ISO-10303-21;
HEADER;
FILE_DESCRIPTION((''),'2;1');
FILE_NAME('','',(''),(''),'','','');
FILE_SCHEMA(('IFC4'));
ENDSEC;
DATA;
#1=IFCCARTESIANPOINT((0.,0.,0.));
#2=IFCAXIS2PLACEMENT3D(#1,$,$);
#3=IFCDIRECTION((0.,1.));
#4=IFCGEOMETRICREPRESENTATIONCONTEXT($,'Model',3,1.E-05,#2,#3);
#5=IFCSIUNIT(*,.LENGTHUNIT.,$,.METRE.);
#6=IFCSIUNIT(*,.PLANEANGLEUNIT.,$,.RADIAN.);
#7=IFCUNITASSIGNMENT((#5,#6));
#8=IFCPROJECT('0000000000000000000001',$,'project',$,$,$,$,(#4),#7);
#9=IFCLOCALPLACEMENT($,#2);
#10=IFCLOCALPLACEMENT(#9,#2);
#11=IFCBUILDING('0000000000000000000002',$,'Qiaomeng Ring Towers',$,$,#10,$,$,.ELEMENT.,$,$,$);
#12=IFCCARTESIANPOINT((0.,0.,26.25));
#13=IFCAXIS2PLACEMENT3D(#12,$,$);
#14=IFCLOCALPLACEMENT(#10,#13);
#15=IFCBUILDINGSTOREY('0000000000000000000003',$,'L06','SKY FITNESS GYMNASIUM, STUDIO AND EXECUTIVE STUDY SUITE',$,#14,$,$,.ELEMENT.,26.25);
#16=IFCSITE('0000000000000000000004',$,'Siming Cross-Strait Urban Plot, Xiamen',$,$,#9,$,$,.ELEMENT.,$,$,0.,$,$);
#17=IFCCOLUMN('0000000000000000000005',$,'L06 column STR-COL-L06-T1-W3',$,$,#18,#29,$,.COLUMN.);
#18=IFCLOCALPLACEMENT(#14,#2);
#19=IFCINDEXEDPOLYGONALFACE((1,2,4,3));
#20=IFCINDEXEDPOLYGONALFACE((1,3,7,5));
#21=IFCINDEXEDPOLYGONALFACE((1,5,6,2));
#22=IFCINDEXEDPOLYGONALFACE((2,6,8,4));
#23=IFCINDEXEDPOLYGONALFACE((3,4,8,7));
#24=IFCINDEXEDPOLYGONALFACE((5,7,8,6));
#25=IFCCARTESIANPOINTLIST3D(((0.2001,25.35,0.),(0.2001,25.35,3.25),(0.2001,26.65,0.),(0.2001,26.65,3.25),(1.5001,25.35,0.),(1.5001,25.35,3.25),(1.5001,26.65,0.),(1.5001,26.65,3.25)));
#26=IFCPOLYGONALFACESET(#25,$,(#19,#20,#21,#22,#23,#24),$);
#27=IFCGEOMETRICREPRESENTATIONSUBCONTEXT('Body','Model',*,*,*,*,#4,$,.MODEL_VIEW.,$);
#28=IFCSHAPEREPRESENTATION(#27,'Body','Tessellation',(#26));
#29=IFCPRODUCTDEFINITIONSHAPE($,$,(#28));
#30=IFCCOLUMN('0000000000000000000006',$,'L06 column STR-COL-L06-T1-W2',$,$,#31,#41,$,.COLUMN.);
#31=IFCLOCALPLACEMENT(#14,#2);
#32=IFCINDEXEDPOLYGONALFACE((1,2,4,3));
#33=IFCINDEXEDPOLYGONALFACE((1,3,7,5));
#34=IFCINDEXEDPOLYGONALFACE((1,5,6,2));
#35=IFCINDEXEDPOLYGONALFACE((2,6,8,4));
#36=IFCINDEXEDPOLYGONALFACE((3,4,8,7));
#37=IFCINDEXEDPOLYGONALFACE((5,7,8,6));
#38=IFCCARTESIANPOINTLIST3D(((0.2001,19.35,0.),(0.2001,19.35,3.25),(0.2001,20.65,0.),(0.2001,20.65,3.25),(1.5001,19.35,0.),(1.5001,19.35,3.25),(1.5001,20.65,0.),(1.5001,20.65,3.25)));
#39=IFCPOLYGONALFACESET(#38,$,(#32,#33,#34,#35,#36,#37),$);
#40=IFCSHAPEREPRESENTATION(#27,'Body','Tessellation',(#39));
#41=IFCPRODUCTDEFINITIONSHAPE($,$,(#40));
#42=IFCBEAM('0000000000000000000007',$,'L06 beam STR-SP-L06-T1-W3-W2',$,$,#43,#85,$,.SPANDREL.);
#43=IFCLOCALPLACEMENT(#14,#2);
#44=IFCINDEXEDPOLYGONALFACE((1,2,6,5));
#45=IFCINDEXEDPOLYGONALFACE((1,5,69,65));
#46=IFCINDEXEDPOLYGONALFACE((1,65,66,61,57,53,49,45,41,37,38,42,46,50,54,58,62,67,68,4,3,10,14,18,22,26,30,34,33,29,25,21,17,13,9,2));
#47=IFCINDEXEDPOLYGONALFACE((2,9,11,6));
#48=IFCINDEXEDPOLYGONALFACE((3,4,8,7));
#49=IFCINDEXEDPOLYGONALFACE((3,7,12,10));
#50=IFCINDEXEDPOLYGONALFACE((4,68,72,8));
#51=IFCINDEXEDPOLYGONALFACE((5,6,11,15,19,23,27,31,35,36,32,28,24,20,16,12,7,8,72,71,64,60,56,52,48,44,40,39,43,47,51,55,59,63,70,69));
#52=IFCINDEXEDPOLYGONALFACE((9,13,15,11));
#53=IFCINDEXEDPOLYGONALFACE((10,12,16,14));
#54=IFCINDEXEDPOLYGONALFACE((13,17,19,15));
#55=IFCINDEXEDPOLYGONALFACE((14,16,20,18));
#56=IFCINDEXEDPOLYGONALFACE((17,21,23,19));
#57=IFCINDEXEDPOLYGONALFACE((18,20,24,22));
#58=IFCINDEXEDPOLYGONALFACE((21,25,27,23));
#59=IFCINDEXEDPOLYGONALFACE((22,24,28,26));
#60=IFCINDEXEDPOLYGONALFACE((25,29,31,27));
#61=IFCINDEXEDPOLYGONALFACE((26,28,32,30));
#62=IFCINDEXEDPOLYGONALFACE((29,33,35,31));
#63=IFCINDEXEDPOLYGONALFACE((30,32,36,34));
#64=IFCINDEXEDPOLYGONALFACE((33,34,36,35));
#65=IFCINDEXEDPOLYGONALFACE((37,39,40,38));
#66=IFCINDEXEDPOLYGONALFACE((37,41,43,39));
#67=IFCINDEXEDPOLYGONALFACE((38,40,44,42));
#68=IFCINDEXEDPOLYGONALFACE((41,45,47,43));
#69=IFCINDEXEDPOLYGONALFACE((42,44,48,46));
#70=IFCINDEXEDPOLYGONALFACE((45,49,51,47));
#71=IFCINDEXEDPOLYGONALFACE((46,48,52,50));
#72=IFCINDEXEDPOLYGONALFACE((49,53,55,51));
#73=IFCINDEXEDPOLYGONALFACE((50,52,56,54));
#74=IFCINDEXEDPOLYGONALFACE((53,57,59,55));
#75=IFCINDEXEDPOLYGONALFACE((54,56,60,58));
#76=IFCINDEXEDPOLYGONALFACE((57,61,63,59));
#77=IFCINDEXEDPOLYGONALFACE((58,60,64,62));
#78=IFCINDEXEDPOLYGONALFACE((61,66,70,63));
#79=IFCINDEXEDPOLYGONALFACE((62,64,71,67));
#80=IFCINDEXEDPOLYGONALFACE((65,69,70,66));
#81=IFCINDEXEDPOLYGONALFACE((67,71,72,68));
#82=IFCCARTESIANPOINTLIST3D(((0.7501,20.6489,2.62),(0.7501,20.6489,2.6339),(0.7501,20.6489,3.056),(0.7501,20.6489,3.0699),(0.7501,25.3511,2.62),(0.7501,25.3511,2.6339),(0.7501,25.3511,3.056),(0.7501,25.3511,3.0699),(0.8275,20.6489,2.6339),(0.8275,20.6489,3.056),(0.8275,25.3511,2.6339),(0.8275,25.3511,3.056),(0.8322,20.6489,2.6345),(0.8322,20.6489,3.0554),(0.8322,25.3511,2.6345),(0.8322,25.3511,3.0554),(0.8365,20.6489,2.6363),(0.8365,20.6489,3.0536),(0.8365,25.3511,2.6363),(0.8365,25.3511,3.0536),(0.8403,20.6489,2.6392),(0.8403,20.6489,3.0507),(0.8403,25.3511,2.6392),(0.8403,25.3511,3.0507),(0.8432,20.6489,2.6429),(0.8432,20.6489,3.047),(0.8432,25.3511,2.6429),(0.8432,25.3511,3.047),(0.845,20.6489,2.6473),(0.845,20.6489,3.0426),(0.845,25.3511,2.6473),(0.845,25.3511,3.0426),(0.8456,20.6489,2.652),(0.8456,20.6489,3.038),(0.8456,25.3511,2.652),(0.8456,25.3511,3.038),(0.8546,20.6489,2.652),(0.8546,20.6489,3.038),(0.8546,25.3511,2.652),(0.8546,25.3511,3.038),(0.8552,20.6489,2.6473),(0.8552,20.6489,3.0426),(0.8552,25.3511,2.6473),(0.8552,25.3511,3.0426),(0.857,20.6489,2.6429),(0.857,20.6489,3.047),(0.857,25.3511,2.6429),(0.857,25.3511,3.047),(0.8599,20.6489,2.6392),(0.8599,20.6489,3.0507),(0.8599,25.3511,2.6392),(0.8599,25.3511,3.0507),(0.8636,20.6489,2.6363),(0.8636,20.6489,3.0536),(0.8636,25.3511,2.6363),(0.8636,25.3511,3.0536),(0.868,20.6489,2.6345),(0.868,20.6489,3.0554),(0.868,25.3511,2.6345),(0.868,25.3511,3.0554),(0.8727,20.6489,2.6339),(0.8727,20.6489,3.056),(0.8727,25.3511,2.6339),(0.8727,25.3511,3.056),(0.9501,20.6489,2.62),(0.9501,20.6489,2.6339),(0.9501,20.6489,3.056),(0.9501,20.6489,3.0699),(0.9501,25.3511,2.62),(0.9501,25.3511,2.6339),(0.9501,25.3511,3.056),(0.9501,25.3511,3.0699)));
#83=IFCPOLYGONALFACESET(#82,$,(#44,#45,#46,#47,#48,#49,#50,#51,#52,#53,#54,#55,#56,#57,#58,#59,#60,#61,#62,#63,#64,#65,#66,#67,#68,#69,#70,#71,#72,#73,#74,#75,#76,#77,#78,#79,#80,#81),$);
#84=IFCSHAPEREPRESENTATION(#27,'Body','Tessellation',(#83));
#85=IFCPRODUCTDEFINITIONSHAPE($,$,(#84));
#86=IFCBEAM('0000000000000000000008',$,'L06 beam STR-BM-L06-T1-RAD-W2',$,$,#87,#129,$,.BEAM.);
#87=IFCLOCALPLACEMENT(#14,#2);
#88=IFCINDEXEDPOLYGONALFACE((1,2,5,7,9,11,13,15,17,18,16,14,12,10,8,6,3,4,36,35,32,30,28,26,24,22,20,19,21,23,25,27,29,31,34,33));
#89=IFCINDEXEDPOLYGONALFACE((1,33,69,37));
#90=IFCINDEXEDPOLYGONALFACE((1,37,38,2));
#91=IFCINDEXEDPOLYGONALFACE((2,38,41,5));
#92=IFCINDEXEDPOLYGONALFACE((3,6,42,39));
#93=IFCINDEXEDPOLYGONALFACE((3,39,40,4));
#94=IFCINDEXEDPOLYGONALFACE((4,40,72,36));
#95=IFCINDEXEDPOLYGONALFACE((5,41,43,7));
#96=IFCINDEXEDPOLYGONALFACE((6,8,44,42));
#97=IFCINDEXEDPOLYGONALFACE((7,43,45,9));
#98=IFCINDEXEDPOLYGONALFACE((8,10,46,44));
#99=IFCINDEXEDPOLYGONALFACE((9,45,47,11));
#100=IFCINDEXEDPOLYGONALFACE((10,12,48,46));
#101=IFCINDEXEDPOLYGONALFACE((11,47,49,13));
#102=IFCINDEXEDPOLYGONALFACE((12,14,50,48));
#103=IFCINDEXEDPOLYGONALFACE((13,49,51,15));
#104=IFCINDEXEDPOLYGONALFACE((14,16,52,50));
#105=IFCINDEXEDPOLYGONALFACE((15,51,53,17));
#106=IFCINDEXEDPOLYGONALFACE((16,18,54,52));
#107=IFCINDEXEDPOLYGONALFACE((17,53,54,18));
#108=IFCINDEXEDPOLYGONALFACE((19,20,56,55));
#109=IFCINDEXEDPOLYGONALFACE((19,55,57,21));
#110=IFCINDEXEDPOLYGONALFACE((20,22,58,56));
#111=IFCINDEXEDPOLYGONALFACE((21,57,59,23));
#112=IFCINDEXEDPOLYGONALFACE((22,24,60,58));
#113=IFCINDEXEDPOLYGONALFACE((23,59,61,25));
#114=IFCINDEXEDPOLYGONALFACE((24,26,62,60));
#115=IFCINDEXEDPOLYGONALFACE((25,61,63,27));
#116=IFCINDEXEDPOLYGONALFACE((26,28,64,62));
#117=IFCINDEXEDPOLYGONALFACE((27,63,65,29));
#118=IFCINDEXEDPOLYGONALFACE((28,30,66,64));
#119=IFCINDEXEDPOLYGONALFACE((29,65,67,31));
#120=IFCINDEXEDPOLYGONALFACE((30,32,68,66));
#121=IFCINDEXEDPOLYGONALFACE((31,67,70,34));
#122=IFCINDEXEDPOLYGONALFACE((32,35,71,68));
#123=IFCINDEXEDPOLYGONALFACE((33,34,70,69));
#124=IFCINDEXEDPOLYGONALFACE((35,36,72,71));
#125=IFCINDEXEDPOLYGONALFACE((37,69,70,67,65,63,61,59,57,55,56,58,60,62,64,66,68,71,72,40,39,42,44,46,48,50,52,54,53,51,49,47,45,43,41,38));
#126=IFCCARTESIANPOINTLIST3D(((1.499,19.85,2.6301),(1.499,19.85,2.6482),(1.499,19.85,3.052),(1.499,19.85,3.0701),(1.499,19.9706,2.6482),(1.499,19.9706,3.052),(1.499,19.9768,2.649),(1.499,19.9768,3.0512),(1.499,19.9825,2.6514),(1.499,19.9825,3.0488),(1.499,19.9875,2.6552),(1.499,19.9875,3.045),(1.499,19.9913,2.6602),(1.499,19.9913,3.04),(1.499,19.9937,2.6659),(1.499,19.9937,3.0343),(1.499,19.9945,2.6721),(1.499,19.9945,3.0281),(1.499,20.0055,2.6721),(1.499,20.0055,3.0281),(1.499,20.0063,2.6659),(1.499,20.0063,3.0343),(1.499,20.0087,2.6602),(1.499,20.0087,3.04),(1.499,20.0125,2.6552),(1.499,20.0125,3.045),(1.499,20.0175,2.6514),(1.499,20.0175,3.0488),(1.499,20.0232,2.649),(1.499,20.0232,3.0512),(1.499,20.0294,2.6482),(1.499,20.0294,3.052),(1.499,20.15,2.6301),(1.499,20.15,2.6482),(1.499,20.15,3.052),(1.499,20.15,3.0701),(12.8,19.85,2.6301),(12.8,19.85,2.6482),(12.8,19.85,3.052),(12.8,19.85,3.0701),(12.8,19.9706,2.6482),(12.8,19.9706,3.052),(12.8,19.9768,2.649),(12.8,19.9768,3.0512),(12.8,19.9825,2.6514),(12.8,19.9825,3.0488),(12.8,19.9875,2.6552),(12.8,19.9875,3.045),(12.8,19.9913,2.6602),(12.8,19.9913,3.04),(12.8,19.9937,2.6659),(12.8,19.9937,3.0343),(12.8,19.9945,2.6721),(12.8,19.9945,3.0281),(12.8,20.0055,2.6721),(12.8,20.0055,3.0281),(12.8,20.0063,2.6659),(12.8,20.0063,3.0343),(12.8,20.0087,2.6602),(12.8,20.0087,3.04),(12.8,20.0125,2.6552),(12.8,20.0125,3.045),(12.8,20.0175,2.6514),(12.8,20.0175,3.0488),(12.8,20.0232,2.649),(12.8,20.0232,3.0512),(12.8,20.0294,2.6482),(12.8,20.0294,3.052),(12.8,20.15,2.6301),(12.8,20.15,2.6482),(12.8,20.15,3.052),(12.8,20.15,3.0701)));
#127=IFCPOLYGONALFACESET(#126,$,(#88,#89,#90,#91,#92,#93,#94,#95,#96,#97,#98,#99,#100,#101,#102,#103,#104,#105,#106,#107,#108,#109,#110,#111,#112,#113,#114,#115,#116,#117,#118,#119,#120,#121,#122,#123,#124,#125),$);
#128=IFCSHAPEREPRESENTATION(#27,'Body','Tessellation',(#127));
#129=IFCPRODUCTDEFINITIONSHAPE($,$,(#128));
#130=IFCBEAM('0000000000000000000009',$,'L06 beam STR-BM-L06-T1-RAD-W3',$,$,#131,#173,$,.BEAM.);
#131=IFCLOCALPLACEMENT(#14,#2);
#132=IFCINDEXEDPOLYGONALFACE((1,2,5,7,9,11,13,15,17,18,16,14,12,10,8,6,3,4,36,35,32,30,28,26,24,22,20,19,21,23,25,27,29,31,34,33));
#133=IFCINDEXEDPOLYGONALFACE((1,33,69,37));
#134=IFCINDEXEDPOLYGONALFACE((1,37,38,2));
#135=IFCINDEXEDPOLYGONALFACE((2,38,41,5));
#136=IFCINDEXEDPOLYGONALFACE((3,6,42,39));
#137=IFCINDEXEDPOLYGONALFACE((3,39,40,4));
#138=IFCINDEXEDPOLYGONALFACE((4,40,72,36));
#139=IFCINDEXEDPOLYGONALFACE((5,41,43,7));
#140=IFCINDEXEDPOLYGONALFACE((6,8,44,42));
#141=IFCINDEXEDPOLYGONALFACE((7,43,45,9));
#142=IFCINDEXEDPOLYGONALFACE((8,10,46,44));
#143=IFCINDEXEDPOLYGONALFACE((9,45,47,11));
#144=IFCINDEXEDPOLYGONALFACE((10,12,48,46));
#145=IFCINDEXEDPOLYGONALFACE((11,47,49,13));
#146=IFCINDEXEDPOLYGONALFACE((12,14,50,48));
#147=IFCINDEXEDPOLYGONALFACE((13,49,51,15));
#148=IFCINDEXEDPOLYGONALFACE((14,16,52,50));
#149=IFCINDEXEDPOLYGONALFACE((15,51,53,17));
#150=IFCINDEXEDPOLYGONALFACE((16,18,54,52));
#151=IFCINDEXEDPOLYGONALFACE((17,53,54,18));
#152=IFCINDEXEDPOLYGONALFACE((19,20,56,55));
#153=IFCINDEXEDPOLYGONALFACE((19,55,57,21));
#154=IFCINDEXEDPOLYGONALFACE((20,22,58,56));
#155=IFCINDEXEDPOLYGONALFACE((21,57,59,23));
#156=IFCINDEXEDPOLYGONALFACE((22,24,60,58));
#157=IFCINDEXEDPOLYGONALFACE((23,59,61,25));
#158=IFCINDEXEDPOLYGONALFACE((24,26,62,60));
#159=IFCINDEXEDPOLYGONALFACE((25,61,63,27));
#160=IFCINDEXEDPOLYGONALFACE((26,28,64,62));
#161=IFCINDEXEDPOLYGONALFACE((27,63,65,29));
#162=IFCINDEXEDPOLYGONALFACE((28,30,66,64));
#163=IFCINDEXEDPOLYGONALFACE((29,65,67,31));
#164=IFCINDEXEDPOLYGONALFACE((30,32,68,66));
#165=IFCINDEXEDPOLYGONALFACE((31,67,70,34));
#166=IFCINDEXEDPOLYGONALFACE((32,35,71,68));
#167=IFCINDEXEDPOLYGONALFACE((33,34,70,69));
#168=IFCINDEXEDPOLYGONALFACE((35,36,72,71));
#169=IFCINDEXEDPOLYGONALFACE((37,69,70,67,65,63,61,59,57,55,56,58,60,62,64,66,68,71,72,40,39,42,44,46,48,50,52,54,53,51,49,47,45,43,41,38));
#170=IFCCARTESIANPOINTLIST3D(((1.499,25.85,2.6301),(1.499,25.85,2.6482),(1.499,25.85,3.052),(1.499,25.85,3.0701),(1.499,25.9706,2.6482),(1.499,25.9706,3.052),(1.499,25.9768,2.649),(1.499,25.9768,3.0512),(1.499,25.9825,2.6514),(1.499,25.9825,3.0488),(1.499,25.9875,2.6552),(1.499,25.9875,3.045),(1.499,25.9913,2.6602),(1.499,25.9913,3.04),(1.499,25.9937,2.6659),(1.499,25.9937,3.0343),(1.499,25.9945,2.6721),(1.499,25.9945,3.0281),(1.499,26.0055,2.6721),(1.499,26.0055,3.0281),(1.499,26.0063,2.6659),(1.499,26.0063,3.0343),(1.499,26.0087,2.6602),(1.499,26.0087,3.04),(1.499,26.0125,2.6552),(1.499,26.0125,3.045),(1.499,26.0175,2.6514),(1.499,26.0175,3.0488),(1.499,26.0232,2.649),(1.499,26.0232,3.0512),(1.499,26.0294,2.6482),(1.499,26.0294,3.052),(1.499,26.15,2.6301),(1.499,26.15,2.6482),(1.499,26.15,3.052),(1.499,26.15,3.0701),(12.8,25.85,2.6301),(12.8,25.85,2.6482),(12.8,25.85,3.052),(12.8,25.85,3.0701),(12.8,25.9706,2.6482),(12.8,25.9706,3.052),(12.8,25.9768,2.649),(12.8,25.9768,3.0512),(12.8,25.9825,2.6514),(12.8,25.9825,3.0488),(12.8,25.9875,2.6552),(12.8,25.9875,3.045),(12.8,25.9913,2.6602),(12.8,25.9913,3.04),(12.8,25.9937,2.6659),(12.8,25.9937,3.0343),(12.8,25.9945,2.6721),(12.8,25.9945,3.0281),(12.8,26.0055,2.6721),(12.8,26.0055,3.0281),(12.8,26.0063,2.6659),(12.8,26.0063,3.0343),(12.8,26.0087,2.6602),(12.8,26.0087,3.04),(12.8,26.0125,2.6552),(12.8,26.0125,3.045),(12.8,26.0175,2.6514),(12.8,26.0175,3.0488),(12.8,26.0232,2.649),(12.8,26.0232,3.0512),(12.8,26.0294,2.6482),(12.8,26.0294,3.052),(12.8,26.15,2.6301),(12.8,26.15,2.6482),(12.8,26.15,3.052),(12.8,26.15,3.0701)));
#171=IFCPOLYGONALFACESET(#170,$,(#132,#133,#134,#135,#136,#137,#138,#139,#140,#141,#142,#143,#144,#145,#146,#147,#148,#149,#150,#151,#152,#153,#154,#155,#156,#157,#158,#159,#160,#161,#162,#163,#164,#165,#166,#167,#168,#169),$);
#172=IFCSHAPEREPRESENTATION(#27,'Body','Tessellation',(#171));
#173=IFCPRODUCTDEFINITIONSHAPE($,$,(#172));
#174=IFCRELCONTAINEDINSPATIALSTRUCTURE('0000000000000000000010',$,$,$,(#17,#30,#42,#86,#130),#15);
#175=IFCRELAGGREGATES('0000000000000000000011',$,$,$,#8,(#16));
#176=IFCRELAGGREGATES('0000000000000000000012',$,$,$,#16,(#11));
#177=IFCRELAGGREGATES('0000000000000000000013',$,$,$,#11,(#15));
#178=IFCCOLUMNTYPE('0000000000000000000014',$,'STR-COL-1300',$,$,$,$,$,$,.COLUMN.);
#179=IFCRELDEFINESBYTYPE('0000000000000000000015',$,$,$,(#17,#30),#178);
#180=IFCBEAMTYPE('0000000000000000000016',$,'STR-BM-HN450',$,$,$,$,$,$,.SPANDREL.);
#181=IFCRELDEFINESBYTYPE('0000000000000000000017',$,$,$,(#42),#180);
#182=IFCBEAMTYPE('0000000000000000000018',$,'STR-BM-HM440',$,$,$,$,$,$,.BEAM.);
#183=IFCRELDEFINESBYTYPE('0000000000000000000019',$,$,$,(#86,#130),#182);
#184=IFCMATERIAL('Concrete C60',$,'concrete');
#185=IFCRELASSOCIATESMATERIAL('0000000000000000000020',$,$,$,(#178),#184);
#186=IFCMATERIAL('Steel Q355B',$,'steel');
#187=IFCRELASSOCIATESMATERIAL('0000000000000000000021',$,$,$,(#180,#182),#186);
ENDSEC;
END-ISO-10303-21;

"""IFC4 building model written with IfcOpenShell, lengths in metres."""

from ifc_helpers import new_model, si_unit, direction, frame, origin, origin_2d, place, context, subcontext, project, spatial, rectangle, i_section, extrude, source, transform, mapped, material, material_profile, profile_set, type_object, element, save


model = new_model("IFC4")

# Units and contexts
model_context = context("Model", 3, precision=1e-05, world=origin(), true_north=direction((0.0, 1.0)))
body_context = subcontext(model_context, "Body", "Model", "MODEL_VIEW")
ifc_project = project(units=[si_unit("LENGTHUNIT", "METRE"), si_unit("PLANEANGLEUNIT", "RADIAN")], contexts=[model_context])

# Site, building, storey
site_placement = place(None, origin())
site = spatial("IfcSite", under=ifc_project, at=site_placement, Name="Siming Cross-Strait Urban Plot, Xiamen", CompositionType="ELEMENT", RefElevation=0.0)
building_placement = place(site_placement, origin())
building = spatial("IfcBuilding", under=site, at=building_placement, Name="Qiaomeng Ring Towers", CompositionType="ELEMENT")
storey_placement = place(building_placement, frame((0.0, 0.0, 26.25)))
storey = spatial("IfcBuildingStorey", under=building, at=storey_placement, Name="L06", Description="SKY FITNESS GYMNASIUM, STUDIO AND EXECUTIVE STUDY SUITE", CompositionType="ELEMENT", Elevation=26.25)

# Columns
ifc_material_1 = material(Name="Concrete C60", Category="concrete")
ifc_material_profile_1 = material_profile(ifc_material_1, rectangle(XDim=1.3, YDim=1.3, at=origin_2d()), Name="RC COL 1300x1300")
ifc_profile_set_1 = profile_set([ifc_material_profile_1], Name="Concrete C60")
column_type = type_object("IfcColumnType", Name="STR-COL-1300", PredefinedType="COLUMN", material=ifc_profile_set_1)
shared_shape_1 = source(origin(), body_context, "Body", "SweptSolid", [
    extrude(rectangle(XDim=1.3, YDim=1.3, at=origin_2d()), origin(), (0.0, 0.0, 1.0), 3.25),
])
for number, where, z_axis, x_axis, name in (
    (1, (0.8501, 26.0, 0.0), (0.0, 0.0, 1.0), (1.0, 0.0, 0.0), "L06 column STR-COL-L06-T1-W3"),
    (2, (0.8501, 20.0, 0.0), (0.0, 0.0, 1.0), (1.0, 0.0, 0.0), "L06 column STR-COL-L06-T1-W2"),
):
    element("IfcColumn", number, at=place(storey_placement, frame(where, z_axis=z_axis, x_axis=x_axis)), inside=storey, type_object=column_type, Name=name, PredefinedType="COLUMN", context=body_context, shape_type="MappedRepresentation", body=[
        mapped(shared_shape_1, transform((0.0, 0.0, 0.0), x_axis=(1.0, 0.0, 0.0), y_axis=(0.0, 1.0, 0.0), z_axis=(0.0, 0.0, 1.0), scale=1.0)),
    ])

# Beams
ifc_material_2 = material(Name="Steel Q355B", Category="steel")
ifc_material_profile_2 = material_profile(ifc_material_2, i_section(OverallWidth=0.2, OverallDepth=0.45, WebThickness=0.009, FlangeThickness=0.0139, FilletRadius=0.0181, at=origin_2d()), Name="HN 450x200x9x14")
ifc_profile_set_2 = profile_set([ifc_material_profile_2], Name="Steel Q355B")
beam_type_1 = type_object("IfcBeamType", Name="STR-BM-HN450", PredefinedType="SPANDREL", material=ifc_profile_set_2)
shared_shape_2 = source(origin(), body_context, "Body", "SweptSolid", [
    extrude(i_section(OverallWidth=0.2, OverallDepth=0.45, WebThickness=0.009, FlangeThickness=0.0139, FilletRadius=0.0181, at=origin_2d()), origin(), (0.0, 0.0, 1.0), 4.7021),
])
beam_1_placement = place(storey_placement, frame((0.8501, 25.3511, 2.845), z_axis=(0.0, -1.0, 0.0), x_axis=(1.0, 0.0, 0.0)))
element("IfcBeam", 3, at=beam_1_placement, inside=storey, type_object=beam_type_1, Name="L06 beam STR-SP-L06-T1-W3-W2", PredefinedType="SPANDREL", context=body_context, shape_type="MappedRepresentation", body=[
    mapped(shared_shape_2, transform((0.0, 0.0, 0.0), x_axis=(1.0, 0.0, 0.0), y_axis=(0.0, 1.0, 0.0), z_axis=(0.0, 0.0, 1.0), scale=1.0)),
])
ifc_material_profile_3 = material_profile(ifc_material_2, i_section(OverallWidth=0.3, OverallDepth=0.4399, WebThickness=0.011, FlangeThickness=0.0181, FilletRadius=0.0239, at=origin_2d()), Name="HM 440x300x11x18")
ifc_profile_set_3 = profile_set([ifc_material_profile_3], Name="Steel Q355B")
beam_type_2 = type_object("IfcBeamType", Name="STR-BM-HM440", PredefinedType="BEAM", material=ifc_profile_set_3)
shared_shape_3 = source(origin(), body_context, "Body", "SweptSolid", [
    extrude(i_section(OverallWidth=0.3, OverallDepth=0.4399, WebThickness=0.011, FlangeThickness=0.0181, FilletRadius=0.0239, at=origin_2d()), origin(), (0.0, 0.0, 1.0), 11.301),
])
for number, where, z_axis, x_axis, name in (
    (4, (1.499, 20.0, 2.8501), (1.0, 0.0, 0.0), (0.0, 1.0, 0.0), "L06 beam STR-BM-L06-T1-RAD-W2"),
    (5, (1.499, 26.0, 2.8501), (1.0, 0.0, 0.0), (0.0, 1.0, 0.0), "L06 beam STR-BM-L06-T1-RAD-W3"),
):
    element("IfcBeam", number, at=place(storey_placement, frame(where, z_axis=z_axis, x_axis=x_axis)), inside=storey, type_object=beam_type_2, Name=name, PredefinedType="BEAM", context=body_context, shape_type="MappedRepresentation", body=[
        mapped(shared_shape_3, transform((0.0, 0.0, 0.0), x_axis=(1.0, 0.0, 0.0), y_axis=(0.0, 1.0, 0.0), z_axis=(0.0, 0.0, 1.0), scale=1.0)),
    ])

save(model, "model.ifc")
